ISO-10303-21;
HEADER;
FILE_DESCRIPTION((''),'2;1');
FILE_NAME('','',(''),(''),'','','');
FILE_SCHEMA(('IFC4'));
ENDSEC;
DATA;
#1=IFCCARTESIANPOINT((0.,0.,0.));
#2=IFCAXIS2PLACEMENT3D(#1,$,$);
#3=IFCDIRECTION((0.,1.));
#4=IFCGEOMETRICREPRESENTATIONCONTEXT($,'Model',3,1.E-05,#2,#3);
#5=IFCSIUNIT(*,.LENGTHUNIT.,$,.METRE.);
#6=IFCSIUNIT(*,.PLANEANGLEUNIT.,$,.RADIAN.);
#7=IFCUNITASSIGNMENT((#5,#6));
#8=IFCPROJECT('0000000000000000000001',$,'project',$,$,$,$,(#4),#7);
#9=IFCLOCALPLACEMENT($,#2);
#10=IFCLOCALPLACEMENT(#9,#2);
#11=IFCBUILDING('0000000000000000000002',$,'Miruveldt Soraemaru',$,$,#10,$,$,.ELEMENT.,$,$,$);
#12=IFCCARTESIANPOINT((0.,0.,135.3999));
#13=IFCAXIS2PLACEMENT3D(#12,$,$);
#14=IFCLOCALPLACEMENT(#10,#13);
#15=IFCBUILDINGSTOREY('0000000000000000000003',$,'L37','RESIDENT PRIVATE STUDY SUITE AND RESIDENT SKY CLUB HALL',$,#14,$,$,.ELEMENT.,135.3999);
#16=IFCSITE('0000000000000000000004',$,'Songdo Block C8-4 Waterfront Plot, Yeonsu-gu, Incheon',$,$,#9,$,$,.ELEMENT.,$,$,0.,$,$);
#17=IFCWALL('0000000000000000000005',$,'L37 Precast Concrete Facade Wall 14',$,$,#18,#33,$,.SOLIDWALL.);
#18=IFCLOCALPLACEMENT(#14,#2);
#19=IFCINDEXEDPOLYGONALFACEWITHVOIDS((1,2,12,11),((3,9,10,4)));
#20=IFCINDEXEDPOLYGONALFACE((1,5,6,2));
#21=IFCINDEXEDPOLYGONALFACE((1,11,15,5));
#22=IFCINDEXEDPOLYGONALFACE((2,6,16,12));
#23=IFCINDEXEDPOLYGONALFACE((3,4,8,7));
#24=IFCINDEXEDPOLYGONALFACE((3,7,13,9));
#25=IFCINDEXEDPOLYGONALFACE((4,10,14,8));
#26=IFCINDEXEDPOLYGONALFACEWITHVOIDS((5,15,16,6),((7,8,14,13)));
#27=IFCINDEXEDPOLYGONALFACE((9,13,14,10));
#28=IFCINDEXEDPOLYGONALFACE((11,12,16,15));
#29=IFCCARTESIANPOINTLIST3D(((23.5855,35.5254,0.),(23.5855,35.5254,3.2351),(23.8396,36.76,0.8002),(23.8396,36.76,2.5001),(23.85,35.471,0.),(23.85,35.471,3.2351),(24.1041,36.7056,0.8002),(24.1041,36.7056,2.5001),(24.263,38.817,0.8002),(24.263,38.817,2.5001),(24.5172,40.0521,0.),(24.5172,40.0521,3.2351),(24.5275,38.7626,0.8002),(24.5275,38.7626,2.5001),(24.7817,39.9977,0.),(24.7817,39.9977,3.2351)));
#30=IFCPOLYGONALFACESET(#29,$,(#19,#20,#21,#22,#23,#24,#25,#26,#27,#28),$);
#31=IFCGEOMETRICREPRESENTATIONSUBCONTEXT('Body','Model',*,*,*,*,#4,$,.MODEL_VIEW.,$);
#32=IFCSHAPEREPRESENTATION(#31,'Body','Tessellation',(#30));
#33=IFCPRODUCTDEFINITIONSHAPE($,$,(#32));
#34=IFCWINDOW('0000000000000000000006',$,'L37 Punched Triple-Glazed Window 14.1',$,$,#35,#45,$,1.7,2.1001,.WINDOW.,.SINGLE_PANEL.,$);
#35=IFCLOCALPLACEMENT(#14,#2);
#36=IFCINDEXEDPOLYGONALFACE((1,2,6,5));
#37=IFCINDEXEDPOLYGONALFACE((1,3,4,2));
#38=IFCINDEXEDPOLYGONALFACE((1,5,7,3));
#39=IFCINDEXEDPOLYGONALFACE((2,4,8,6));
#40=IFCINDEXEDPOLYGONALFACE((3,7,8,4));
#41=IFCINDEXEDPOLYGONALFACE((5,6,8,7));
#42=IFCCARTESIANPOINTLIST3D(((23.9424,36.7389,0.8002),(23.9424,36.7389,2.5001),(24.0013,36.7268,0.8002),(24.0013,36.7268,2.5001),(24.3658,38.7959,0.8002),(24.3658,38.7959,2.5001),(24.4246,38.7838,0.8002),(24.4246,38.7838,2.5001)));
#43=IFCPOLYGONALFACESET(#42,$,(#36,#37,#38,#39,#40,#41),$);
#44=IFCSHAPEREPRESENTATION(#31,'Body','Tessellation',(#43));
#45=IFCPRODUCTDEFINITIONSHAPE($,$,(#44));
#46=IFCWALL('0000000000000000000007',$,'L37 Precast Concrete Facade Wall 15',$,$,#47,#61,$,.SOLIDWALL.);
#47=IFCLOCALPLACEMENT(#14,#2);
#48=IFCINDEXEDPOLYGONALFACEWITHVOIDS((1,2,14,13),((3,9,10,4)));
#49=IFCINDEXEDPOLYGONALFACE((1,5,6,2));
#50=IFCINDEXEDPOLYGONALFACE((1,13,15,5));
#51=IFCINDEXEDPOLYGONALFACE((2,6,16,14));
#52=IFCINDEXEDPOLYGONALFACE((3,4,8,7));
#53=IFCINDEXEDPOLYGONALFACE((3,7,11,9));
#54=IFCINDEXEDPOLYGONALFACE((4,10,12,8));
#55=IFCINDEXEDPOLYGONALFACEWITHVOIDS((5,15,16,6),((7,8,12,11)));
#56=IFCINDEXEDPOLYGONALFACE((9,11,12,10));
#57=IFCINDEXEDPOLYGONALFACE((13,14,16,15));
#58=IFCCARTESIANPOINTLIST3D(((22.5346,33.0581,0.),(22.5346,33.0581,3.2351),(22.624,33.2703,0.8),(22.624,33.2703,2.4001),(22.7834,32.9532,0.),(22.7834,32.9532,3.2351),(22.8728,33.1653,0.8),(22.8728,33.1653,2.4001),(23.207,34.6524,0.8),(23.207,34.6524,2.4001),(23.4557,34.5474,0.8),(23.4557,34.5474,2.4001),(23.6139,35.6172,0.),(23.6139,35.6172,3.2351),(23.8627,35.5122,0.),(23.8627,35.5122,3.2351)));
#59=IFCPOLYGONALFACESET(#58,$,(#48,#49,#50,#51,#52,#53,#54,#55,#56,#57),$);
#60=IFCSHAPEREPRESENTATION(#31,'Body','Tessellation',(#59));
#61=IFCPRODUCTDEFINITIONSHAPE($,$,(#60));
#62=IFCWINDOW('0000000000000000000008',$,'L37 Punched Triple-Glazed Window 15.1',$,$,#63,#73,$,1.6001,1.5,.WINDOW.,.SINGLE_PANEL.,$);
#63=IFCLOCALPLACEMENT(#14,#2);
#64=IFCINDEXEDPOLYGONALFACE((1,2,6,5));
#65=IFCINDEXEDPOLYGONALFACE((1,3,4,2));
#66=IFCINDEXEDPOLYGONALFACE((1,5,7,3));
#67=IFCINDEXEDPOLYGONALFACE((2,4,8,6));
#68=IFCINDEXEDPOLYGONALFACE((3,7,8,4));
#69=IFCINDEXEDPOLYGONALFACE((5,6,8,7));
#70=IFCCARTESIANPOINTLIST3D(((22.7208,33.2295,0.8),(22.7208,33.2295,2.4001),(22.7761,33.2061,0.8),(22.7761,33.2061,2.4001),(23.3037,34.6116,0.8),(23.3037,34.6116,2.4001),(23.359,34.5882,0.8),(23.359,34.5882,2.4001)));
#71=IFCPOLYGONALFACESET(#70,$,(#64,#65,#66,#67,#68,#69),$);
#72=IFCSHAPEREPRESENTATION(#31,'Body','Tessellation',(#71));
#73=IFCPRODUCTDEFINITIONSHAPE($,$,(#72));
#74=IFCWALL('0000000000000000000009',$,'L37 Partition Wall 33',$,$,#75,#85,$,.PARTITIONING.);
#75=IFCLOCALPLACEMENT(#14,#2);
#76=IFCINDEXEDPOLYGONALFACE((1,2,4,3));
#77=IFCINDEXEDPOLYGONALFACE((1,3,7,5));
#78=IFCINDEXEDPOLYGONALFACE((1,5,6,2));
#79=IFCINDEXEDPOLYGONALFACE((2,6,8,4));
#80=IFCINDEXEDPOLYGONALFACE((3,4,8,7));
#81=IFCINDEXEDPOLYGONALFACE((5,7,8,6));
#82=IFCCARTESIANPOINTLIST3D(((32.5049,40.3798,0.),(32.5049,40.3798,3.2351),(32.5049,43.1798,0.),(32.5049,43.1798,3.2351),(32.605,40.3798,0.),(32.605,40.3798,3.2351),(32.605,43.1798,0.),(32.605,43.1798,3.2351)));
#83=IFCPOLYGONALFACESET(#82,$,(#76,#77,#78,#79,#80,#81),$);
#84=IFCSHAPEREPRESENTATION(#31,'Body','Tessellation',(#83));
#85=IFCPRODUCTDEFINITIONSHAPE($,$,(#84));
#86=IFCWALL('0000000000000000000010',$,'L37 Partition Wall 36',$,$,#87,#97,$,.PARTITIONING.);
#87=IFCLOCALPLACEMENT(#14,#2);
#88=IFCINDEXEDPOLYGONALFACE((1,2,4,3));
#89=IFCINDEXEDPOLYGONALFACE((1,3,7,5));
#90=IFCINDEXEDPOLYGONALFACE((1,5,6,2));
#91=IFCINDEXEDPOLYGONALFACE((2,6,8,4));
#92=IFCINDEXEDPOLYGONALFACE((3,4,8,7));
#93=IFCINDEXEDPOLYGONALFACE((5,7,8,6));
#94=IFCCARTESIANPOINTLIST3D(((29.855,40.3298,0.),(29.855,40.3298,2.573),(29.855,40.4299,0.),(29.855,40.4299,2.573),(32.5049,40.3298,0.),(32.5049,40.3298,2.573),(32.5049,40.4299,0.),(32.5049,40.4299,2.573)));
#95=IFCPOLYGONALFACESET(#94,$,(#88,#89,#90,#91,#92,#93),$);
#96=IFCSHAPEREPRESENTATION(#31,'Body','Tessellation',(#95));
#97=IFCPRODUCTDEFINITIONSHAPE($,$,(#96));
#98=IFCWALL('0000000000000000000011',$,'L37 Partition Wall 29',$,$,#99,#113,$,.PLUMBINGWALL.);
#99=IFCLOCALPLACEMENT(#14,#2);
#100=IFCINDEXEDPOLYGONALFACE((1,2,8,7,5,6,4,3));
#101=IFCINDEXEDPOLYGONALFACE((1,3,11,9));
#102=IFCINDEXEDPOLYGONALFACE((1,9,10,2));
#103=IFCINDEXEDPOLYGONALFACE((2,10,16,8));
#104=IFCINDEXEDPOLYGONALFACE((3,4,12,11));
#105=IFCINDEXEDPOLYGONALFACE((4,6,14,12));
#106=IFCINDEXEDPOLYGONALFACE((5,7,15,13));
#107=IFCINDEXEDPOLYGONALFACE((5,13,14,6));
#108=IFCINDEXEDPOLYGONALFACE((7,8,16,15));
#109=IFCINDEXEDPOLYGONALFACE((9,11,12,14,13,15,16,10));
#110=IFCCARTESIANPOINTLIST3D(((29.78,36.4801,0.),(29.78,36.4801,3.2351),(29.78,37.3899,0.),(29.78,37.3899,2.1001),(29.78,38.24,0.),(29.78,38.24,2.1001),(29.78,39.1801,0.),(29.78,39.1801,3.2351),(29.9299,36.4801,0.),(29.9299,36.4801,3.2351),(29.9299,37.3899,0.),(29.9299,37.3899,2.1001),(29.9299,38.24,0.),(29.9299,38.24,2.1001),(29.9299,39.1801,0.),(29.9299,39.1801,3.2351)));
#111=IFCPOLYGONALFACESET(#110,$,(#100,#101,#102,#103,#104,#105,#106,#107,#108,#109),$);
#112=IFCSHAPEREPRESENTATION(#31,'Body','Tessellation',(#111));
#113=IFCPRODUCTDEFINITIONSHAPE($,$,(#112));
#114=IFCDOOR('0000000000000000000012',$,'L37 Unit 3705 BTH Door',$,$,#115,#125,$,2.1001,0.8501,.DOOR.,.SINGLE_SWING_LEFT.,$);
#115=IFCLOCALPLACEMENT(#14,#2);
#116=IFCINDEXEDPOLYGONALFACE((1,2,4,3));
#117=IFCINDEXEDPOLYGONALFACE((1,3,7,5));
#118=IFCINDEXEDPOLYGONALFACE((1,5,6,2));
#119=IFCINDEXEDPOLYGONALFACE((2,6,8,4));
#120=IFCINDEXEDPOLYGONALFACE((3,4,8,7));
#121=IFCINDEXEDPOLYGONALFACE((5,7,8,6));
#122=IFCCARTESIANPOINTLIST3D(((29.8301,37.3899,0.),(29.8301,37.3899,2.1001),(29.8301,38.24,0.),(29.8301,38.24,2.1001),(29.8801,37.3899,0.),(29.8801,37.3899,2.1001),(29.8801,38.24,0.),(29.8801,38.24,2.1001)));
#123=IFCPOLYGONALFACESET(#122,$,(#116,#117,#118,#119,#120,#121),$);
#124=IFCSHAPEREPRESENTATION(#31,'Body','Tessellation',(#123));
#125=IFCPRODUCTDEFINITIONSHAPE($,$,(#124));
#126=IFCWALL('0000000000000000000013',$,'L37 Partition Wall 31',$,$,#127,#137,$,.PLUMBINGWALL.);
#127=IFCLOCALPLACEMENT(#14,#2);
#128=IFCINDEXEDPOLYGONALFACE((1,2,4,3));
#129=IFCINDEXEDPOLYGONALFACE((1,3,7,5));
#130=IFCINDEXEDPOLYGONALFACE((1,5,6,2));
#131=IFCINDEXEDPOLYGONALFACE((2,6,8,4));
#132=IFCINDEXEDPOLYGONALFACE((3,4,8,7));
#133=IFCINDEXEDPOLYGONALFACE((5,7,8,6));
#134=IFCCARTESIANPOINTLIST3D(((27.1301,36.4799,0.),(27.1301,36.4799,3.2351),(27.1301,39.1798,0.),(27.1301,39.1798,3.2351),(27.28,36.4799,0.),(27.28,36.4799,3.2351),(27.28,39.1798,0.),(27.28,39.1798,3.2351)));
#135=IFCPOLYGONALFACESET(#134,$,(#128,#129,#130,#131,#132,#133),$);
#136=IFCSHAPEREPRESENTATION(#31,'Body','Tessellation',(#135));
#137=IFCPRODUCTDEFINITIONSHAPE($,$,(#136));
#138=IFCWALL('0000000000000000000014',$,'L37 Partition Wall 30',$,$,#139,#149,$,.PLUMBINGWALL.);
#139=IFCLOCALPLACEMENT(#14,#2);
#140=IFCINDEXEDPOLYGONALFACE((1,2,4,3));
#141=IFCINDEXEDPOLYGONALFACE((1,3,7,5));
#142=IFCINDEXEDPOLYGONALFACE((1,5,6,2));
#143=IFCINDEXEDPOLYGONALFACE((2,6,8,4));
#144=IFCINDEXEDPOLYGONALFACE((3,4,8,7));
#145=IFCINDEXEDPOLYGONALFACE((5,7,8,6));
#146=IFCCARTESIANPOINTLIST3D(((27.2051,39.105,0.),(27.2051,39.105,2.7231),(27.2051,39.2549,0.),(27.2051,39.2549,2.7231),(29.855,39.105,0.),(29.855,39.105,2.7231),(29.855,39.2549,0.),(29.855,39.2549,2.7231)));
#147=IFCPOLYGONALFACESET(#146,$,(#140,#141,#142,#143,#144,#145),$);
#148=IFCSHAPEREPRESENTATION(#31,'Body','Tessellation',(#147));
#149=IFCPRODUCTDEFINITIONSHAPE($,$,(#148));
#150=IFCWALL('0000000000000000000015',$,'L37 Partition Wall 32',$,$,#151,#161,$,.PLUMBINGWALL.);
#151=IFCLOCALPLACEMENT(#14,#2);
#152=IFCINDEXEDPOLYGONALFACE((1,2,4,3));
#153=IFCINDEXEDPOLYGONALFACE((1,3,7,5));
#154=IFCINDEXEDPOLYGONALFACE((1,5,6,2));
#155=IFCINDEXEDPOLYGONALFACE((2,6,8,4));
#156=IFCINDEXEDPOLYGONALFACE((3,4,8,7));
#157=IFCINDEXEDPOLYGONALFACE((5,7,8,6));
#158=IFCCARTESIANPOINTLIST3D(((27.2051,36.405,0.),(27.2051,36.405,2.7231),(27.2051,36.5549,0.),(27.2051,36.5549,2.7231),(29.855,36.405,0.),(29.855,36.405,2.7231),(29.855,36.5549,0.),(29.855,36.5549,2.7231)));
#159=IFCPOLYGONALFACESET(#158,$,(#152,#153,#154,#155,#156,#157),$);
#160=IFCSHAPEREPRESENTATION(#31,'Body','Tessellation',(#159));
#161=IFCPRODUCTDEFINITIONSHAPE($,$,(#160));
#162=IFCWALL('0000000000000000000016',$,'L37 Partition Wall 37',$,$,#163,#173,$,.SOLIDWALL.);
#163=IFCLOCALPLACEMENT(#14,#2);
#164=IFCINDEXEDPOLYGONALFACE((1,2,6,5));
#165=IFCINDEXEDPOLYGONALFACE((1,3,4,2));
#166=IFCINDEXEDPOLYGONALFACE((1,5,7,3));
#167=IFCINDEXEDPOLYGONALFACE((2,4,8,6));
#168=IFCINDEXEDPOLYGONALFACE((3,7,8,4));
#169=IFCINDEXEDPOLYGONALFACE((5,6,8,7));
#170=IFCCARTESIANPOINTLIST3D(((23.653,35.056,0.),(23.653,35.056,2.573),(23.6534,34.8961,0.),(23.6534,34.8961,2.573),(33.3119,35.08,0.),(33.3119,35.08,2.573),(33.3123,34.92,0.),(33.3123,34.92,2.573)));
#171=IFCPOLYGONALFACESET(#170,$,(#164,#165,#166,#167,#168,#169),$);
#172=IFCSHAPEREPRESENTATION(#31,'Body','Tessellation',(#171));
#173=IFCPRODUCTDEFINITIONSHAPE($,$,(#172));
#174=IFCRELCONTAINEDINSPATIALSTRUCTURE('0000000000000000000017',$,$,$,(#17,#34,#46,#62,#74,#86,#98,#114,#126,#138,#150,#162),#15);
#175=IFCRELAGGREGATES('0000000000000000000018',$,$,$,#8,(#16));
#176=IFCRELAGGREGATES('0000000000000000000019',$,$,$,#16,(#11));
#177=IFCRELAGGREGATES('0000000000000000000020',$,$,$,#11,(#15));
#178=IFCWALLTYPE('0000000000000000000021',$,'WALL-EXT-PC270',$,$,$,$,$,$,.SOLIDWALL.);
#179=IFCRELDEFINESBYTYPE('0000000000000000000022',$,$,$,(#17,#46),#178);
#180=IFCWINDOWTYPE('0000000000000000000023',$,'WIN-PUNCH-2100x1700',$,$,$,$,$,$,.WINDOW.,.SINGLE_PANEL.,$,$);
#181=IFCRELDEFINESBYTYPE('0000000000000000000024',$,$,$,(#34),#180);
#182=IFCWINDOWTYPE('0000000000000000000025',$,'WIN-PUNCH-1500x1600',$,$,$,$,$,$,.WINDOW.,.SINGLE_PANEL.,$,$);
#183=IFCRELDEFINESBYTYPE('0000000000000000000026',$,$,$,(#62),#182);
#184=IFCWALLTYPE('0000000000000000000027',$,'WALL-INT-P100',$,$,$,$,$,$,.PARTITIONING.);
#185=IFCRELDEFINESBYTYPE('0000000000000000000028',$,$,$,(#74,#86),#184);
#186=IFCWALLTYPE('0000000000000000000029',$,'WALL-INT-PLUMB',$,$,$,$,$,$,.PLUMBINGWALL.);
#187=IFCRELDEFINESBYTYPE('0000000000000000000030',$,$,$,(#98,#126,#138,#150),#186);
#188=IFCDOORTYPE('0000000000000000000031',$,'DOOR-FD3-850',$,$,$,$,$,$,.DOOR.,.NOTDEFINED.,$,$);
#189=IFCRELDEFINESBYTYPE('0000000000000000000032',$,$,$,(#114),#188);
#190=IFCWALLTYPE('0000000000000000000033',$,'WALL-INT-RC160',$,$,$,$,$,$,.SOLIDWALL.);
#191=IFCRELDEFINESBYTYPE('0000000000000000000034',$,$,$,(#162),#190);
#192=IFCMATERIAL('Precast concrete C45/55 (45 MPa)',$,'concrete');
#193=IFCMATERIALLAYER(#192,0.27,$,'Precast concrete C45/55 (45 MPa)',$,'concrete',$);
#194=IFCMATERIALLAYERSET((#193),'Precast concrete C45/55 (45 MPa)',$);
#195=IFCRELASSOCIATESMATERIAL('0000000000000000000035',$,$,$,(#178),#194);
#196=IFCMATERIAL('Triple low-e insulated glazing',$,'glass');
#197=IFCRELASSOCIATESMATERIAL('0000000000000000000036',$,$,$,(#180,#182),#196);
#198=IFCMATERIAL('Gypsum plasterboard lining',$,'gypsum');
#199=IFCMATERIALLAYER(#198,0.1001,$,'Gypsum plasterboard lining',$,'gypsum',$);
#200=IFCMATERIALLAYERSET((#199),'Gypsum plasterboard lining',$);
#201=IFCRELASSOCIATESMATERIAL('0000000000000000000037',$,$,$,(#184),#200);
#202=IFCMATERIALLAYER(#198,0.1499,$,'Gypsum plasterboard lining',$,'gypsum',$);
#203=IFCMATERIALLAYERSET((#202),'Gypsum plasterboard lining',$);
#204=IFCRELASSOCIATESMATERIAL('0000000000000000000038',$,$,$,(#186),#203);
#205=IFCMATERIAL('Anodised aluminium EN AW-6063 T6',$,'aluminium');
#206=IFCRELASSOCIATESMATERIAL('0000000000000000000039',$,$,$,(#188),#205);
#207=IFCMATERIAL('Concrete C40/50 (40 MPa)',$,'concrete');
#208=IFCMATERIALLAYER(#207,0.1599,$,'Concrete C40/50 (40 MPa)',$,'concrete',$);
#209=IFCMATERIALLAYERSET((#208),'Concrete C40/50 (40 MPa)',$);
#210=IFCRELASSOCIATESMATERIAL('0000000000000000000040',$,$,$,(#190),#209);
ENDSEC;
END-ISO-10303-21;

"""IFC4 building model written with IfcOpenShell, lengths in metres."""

from ifc_helpers import new_model, si_unit, direction, frame, frame_2d, origin, place, context, subcontext, project, spatial, rectangle, extrude, material, layer, layer_set, type_object, element, fill, save


model = new_model("IFC4")

# Units and contexts
model_context = context("Model", 3, precision=1e-05, world=origin(), true_north=direction((0.0, 1.0)))
body_context = subcontext(model_context, "Body", "Model", "MODEL_VIEW")
ifc_project = project(units=[si_unit("LENGTHUNIT", "METRE"), si_unit("PLANEANGLEUNIT", "RADIAN")], contexts=[model_context])

# Site, building, storey
site_placement = place(None, origin())
site = spatial("IfcSite", under=ifc_project, at=site_placement, Name="Songdo Block C8-4 Waterfront Plot, Yeonsu-gu, Incheon", CompositionType="ELEMENT", RefElevation=0.0)
building_placement = place(site_placement, origin())
building = spatial("IfcBuilding", under=site, at=building_placement, Name="Miruveldt Soraemaru", CompositionType="ELEMENT")
storey_placement = place(building_placement, frame((0.0, 0.0, 135.3999)))
storey = spatial("IfcBuildingStorey", under=building, at=storey_placement, Name="L37", Description="RESIDENT PRIVATE STUDY SUITE AND RESIDENT SKY CLUB HALL", CompositionType="ELEMENT", Elevation=135.3999)

# Walls, openings, windows
ifc_material_1 = material(Name="Precast concrete C45/55 (45 MPa)", Category="concrete")
ifc_layer_1 = layer(ifc_material_1, 0.27, Name="Precast concrete C45/55 (45 MPa)", Category="concrete")
ifc_layer_set_1 = layer_set([ifc_layer_1], Name="Precast concrete C45/55 (45 MPa)")
wall_type_1 = type_object("IfcWallType", Name="WALL-EXT-PC270", PredefinedType="SOLIDWALL", material=ifc_layer_set_1)
wall_1_placement = place(storey_placement, frame((24.6494, 40.0249, 0.0), z_axis=(0.0, 0.0, 1.0), x_axis=(-0.201589, -0.97947, 0.0)))
wall_1 = element("IfcWall", 1, at=wall_1_placement, inside=storey, type_object=wall_type_1, Name="L37 Precast Concrete Facade Wall 14", PredefinedType="SOLIDWALL", context=body_context, shape_type="SweptSolid", body=[
    extrude(rectangle(XDim=4.6216, YDim=0.27, at=frame_2d((2.3108, 0.0))), origin(), (0.0, 0.0, 1.0), 3.2351),
])
opening_1_placement = place(wall_1_placement, frame((1.261, 0.0, 0.8)))
opening_1 = element("IfcOpeningElement", 2, at=opening_1_placement, cuts=wall_1, PredefinedType="OPENING", context=body_context, shape_type="SweptSolid", body=[
    extrude(rectangle(XDim=2.1001, YDim=1.7, at=frame_2d((1.05, 0.8501))), frame((0.0, 0.145, 0.0), z_axis=(0.0, -1.0, 0.0), x_axis=(1.0, 0.0, 0.0)), (0.0, 0.0, 1.0), 0.29),
])
ifc_material_2 = material(Name="Triple low-e insulated glazing", Category="glass")
window_type_1 = type_object("IfcWindowType", Name="WIN-PUNCH-2100x1700", PartitioningType="SINGLE_PANEL", PredefinedType="WINDOW", material=ifc_material_2)
window_1_placement = place(opening_1_placement, origin())
window_1 = element("IfcWindow", 3, at=window_1_placement, inside=storey, type_object=window_type_1, Name="L37 Punched Triple-Glazed Window 14.1", OverallHeight=1.7, OverallWidth=2.1001, PartitioningType="SINGLE_PANEL", PredefinedType="WINDOW", context=body_context, shape_type="SweptSolid", body=[
    extrude(rectangle(XDim=2.1001, YDim=1.7, at=frame_2d((1.05, 0.8501))), frame((0.0, 0.03, 0.0), z_axis=(0.0, -1.0, 0.0), x_axis=(1.0, 0.0, 0.0)), (0.0, 0.0, 1.0), 0.0601),
])
fill(opening_1, window_1)
wall_2_placement = place(storey_placement, frame((23.7383, 35.5647, 0.0), z_axis=(0.0, 0.0, 1.0), x_axis=(-0.388619, -0.921399, 0.0)))
wall_2 = element("IfcWall", 4, at=wall_2_placement, inside=storey, type_object=wall_type_1, Name="L37 Precast Concrete Facade Wall 15", PredefinedType="SOLIDWALL", context=body_context, shape_type="SweptSolid", body=[
    extrude(rectangle(XDim=2.7773, YDim=0.27, at=frame_2d((1.3887, 0.0))), origin(), (0.0, 0.0, 1.0), 3.2351),
])
opening_2_placement = place(wall_2_placement, frame((1.0471, 0.0, 0.8)))
opening_2 = element("IfcOpeningElement", 5, at=opening_2_placement, cuts=wall_2, PredefinedType="OPENING", context=body_context, shape_type="SweptSolid", body=[
    extrude(rectangle(XDim=1.5, YDim=1.6001, at=frame_2d((0.75, 0.8))), frame((0.0, 0.145, 0.0), z_axis=(0.0, -1.0, 0.0), x_axis=(1.0, 0.0, 0.0)), (0.0, 0.0, 1.0), 0.29),
])
window_type_2 = type_object("IfcWindowType", Name="WIN-PUNCH-1500x1600", PartitioningType="SINGLE_PANEL", PredefinedType="WINDOW", material=ifc_material_2)
window_2_placement = place(opening_2_placement, origin())
window_2 = element("IfcWindow", 6, at=window_2_placement, inside=storey, type_object=window_type_2, Name="L37 Punched Triple-Glazed Window 15.1", OverallHeight=1.6001, OverallWidth=1.5, PartitioningType="SINGLE_PANEL", PredefinedType="WINDOW", context=body_context, shape_type="SweptSolid", body=[
    extrude(rectangle(XDim=1.5, YDim=1.6001, at=frame_2d((0.75, 0.8))), frame((0.0, 0.03, 0.0), z_axis=(0.0, -1.0, 0.0), x_axis=(1.0, 0.0, 0.0)), (0.0, 0.0, 1.0), 0.0601),
])
fill(opening_2, window_2)

# Walls
ifc_material_3 = material(Name="Gypsum plasterboard lining", Category="gypsum")
ifc_layer_2 = layer(ifc_material_3, 0.1001, Name="Gypsum plasterboard lining", Category="gypsum")
ifc_layer_set_2 = layer_set([ifc_layer_2], Name="Gypsum plasterboard lining")
wall_type_2 = type_object("IfcWallType", Name="WALL-INT-P100", PredefinedType="PARTITIONING", material=ifc_layer_set_2)
wall_3_placement = place(storey_placement, frame((32.5549, 40.3799, 0.0), z_axis=(0.0, 0.0, 1.0), x_axis=(0.0, 1.0, 0.0)))
element("IfcWall", 7, at=wall_3_placement, inside=storey, type_object=wall_type_2, Name="L37 Partition Wall 33", PredefinedType="PARTITIONING", context=body_context, shape_type="SweptSolid", body=[
    extrude(rectangle(XDim=2.8, YDim=0.1001, at=frame_2d((1.3999, 0.0))), origin(), (0.0, 0.0, 1.0), 3.2351),
])
wall_4_placement = place(storey_placement, frame((29.855, 40.3799, 0.0), z_axis=(0.0, 0.0, 1.0), x_axis=(1.0, 0.0, 0.0)))
element("IfcWall", 8, at=wall_4_placement, inside=storey, type_object=wall_type_2, Name="L37 Partition Wall 36", PredefinedType="PARTITIONING", context=body_context, shape_type="SweptSolid", body=[
    extrude(rectangle(XDim=2.6499, YDim=0.1001, at=frame_2d((1.325, 0.0))), origin(), (0.0, 0.0, 1.0), 2.573),
])

# Wall, opening, door
ifc_layer_3 = layer(ifc_material_3, 0.1499, Name="Gypsum plasterboard lining", Category="gypsum")
ifc_layer_set_3 = layer_set([ifc_layer_3], Name="Gypsum plasterboard lining")
wall_type_3 = type_object("IfcWallType", Name="WALL-INT-PLUMB", PredefinedType="PLUMBINGWALL", material=ifc_layer_set_3)
wall_5_placement = place(storey_placement, frame((29.855, 36.48, 0.0), z_axis=(0.0, 0.0, 1.0), x_axis=(0.0, 1.0, 0.0)))
wall_5 = element("IfcWall", 9, at=wall_5_placement, inside=storey, type_object=wall_type_3, Name="L37 Partition Wall 29", PredefinedType="PLUMBINGWALL", context=body_context, shape_type="SweptSolid", body=[
    extrude(rectangle(XDim=2.7, YDim=0.1499, at=frame_2d((1.3501, 0.0))), origin(), (0.0, 0.0, 1.0), 3.2351),
])
opening_3_placement = place(wall_5_placement, frame((0.9099, 0.0, 0.0)))
opening_3 = element("IfcOpeningElement", 10, at=opening_3_placement, cuts=wall_5, PredefinedType="OPENING", context=body_context, shape_type="SweptSolid", body=[
    extrude(rectangle(XDim=0.8501, YDim=2.1001, at=frame_2d((0.425, 1.05))), frame((0.0, 0.085, 0.0), z_axis=(0.0, -1.0, 0.0), x_axis=(1.0, 0.0, 0.0)), (0.0, 0.0, 1.0), 0.1699),
])
ifc_material_4 = material(Name="Anodised aluminium EN AW-6063 T6", Category="aluminium")
door_type = type_object("IfcDoorType", Name="DOOR-FD3-850", OperationType="NOTDEFINED", PredefinedType="DOOR", material=ifc_material_4)
door_placement = place(opening_3_placement, origin())
door = element("IfcDoor", 11, at=door_placement, inside=storey, type_object=door_type, Name="L37 Unit 3705 BTH Door", OperationType="SINGLE_SWING_LEFT", OverallHeight=2.1001, OverallWidth=0.8501, PredefinedType="DOOR", context=body_context, shape_type="SweptSolid", body=[
    extrude(rectangle(XDim=0.8501, YDim=2.1001, at=frame_2d((0.425, 1.05))), frame((0.0, 0.0249, 0.0), z_axis=(0.0, -1.0, 0.0), x_axis=(1.0, 0.0, 0.0)), (0.0, 0.0, 1.0), 0.05),
])
fill(opening_3, door)

# Walls
wall_6_placement = place(storey_placement, frame((27.2051, 39.1799, 0.0), z_axis=(0.0, 0.0, 1.0), x_axis=(0.0, -1.0, 0.0)))
element("IfcWall", 12, at=wall_6_placement, inside=storey, type_object=wall_type_3, Name="L37 Partition Wall 31", PredefinedType="PLUMBINGWALL", context=body_context, shape_type="SweptSolid", body=[
    extrude(rectangle(XDim=2.7, YDim=0.1499, at=frame_2d((1.3501, 0.0))), origin(), (0.0, 0.0, 1.0), 3.2351),
])
for number, where, z_axis, x_axis, name in (
    (13, (29.855, 39.1799, 0.0), (0.0, 0.0, 1.0), (-1.0, 0.0, 0.0), "L37 Partition Wall 30"),
    (14, (27.2051, 36.48, 0.0), (0.0, 0.0, 1.0), (1.0, 0.0, 0.0), "L37 Partition Wall 32"),
):
    element("IfcWall", number, at=place(storey_placement, frame(where, z_axis=z_axis, x_axis=x_axis)), inside=storey, type_object=wall_type_3, Name=name, PredefinedType="PLUMBINGWALL", context=body_context, shape_type="SweptSolid", body=[
        extrude(rectangle(XDim=2.6499, YDim=0.1499, at=frame_2d((1.325, 0.0))), origin(), (0.0, 0.0, 1.0), 2.7231),
    ])
ifc_material_5 = material(Name="Concrete C40/50 (40 MPa)", Category="concrete")
ifc_layer_4 = layer(ifc_material_5, 0.1599, Name="Concrete C40/50 (40 MPa)", Category="concrete")
ifc_layer_set_4 = layer_set([ifc_layer_4], Name="Concrete C40/50 (40 MPa)")
wall_type_4 = type_object("IfcWallType", Name="WALL-INT-RC160", PredefinedType="SOLIDWALL", material=ifc_layer_set_4)
wall_7_placement = place(storey_placement, frame((23.6531, 34.9761, 0.0), z_axis=(0.0, 0.0, 1.0), x_axis=(0.999997, 0.002477, 0.0)))
element("IfcWall", 15, at=wall_7_placement, inside=storey, type_object=wall_type_4, Name="L37 Partition Wall 37", PredefinedType="SOLIDWALL", context=body_context, shape_type="SweptSolid", body=[
    extrude(rectangle(XDim=9.6589, YDim=0.1599, at=frame_2d((4.8296, 0.0))), origin(), (0.0, 0.0, 1.0), 2.573),
])

save(model, "model.ifc")
